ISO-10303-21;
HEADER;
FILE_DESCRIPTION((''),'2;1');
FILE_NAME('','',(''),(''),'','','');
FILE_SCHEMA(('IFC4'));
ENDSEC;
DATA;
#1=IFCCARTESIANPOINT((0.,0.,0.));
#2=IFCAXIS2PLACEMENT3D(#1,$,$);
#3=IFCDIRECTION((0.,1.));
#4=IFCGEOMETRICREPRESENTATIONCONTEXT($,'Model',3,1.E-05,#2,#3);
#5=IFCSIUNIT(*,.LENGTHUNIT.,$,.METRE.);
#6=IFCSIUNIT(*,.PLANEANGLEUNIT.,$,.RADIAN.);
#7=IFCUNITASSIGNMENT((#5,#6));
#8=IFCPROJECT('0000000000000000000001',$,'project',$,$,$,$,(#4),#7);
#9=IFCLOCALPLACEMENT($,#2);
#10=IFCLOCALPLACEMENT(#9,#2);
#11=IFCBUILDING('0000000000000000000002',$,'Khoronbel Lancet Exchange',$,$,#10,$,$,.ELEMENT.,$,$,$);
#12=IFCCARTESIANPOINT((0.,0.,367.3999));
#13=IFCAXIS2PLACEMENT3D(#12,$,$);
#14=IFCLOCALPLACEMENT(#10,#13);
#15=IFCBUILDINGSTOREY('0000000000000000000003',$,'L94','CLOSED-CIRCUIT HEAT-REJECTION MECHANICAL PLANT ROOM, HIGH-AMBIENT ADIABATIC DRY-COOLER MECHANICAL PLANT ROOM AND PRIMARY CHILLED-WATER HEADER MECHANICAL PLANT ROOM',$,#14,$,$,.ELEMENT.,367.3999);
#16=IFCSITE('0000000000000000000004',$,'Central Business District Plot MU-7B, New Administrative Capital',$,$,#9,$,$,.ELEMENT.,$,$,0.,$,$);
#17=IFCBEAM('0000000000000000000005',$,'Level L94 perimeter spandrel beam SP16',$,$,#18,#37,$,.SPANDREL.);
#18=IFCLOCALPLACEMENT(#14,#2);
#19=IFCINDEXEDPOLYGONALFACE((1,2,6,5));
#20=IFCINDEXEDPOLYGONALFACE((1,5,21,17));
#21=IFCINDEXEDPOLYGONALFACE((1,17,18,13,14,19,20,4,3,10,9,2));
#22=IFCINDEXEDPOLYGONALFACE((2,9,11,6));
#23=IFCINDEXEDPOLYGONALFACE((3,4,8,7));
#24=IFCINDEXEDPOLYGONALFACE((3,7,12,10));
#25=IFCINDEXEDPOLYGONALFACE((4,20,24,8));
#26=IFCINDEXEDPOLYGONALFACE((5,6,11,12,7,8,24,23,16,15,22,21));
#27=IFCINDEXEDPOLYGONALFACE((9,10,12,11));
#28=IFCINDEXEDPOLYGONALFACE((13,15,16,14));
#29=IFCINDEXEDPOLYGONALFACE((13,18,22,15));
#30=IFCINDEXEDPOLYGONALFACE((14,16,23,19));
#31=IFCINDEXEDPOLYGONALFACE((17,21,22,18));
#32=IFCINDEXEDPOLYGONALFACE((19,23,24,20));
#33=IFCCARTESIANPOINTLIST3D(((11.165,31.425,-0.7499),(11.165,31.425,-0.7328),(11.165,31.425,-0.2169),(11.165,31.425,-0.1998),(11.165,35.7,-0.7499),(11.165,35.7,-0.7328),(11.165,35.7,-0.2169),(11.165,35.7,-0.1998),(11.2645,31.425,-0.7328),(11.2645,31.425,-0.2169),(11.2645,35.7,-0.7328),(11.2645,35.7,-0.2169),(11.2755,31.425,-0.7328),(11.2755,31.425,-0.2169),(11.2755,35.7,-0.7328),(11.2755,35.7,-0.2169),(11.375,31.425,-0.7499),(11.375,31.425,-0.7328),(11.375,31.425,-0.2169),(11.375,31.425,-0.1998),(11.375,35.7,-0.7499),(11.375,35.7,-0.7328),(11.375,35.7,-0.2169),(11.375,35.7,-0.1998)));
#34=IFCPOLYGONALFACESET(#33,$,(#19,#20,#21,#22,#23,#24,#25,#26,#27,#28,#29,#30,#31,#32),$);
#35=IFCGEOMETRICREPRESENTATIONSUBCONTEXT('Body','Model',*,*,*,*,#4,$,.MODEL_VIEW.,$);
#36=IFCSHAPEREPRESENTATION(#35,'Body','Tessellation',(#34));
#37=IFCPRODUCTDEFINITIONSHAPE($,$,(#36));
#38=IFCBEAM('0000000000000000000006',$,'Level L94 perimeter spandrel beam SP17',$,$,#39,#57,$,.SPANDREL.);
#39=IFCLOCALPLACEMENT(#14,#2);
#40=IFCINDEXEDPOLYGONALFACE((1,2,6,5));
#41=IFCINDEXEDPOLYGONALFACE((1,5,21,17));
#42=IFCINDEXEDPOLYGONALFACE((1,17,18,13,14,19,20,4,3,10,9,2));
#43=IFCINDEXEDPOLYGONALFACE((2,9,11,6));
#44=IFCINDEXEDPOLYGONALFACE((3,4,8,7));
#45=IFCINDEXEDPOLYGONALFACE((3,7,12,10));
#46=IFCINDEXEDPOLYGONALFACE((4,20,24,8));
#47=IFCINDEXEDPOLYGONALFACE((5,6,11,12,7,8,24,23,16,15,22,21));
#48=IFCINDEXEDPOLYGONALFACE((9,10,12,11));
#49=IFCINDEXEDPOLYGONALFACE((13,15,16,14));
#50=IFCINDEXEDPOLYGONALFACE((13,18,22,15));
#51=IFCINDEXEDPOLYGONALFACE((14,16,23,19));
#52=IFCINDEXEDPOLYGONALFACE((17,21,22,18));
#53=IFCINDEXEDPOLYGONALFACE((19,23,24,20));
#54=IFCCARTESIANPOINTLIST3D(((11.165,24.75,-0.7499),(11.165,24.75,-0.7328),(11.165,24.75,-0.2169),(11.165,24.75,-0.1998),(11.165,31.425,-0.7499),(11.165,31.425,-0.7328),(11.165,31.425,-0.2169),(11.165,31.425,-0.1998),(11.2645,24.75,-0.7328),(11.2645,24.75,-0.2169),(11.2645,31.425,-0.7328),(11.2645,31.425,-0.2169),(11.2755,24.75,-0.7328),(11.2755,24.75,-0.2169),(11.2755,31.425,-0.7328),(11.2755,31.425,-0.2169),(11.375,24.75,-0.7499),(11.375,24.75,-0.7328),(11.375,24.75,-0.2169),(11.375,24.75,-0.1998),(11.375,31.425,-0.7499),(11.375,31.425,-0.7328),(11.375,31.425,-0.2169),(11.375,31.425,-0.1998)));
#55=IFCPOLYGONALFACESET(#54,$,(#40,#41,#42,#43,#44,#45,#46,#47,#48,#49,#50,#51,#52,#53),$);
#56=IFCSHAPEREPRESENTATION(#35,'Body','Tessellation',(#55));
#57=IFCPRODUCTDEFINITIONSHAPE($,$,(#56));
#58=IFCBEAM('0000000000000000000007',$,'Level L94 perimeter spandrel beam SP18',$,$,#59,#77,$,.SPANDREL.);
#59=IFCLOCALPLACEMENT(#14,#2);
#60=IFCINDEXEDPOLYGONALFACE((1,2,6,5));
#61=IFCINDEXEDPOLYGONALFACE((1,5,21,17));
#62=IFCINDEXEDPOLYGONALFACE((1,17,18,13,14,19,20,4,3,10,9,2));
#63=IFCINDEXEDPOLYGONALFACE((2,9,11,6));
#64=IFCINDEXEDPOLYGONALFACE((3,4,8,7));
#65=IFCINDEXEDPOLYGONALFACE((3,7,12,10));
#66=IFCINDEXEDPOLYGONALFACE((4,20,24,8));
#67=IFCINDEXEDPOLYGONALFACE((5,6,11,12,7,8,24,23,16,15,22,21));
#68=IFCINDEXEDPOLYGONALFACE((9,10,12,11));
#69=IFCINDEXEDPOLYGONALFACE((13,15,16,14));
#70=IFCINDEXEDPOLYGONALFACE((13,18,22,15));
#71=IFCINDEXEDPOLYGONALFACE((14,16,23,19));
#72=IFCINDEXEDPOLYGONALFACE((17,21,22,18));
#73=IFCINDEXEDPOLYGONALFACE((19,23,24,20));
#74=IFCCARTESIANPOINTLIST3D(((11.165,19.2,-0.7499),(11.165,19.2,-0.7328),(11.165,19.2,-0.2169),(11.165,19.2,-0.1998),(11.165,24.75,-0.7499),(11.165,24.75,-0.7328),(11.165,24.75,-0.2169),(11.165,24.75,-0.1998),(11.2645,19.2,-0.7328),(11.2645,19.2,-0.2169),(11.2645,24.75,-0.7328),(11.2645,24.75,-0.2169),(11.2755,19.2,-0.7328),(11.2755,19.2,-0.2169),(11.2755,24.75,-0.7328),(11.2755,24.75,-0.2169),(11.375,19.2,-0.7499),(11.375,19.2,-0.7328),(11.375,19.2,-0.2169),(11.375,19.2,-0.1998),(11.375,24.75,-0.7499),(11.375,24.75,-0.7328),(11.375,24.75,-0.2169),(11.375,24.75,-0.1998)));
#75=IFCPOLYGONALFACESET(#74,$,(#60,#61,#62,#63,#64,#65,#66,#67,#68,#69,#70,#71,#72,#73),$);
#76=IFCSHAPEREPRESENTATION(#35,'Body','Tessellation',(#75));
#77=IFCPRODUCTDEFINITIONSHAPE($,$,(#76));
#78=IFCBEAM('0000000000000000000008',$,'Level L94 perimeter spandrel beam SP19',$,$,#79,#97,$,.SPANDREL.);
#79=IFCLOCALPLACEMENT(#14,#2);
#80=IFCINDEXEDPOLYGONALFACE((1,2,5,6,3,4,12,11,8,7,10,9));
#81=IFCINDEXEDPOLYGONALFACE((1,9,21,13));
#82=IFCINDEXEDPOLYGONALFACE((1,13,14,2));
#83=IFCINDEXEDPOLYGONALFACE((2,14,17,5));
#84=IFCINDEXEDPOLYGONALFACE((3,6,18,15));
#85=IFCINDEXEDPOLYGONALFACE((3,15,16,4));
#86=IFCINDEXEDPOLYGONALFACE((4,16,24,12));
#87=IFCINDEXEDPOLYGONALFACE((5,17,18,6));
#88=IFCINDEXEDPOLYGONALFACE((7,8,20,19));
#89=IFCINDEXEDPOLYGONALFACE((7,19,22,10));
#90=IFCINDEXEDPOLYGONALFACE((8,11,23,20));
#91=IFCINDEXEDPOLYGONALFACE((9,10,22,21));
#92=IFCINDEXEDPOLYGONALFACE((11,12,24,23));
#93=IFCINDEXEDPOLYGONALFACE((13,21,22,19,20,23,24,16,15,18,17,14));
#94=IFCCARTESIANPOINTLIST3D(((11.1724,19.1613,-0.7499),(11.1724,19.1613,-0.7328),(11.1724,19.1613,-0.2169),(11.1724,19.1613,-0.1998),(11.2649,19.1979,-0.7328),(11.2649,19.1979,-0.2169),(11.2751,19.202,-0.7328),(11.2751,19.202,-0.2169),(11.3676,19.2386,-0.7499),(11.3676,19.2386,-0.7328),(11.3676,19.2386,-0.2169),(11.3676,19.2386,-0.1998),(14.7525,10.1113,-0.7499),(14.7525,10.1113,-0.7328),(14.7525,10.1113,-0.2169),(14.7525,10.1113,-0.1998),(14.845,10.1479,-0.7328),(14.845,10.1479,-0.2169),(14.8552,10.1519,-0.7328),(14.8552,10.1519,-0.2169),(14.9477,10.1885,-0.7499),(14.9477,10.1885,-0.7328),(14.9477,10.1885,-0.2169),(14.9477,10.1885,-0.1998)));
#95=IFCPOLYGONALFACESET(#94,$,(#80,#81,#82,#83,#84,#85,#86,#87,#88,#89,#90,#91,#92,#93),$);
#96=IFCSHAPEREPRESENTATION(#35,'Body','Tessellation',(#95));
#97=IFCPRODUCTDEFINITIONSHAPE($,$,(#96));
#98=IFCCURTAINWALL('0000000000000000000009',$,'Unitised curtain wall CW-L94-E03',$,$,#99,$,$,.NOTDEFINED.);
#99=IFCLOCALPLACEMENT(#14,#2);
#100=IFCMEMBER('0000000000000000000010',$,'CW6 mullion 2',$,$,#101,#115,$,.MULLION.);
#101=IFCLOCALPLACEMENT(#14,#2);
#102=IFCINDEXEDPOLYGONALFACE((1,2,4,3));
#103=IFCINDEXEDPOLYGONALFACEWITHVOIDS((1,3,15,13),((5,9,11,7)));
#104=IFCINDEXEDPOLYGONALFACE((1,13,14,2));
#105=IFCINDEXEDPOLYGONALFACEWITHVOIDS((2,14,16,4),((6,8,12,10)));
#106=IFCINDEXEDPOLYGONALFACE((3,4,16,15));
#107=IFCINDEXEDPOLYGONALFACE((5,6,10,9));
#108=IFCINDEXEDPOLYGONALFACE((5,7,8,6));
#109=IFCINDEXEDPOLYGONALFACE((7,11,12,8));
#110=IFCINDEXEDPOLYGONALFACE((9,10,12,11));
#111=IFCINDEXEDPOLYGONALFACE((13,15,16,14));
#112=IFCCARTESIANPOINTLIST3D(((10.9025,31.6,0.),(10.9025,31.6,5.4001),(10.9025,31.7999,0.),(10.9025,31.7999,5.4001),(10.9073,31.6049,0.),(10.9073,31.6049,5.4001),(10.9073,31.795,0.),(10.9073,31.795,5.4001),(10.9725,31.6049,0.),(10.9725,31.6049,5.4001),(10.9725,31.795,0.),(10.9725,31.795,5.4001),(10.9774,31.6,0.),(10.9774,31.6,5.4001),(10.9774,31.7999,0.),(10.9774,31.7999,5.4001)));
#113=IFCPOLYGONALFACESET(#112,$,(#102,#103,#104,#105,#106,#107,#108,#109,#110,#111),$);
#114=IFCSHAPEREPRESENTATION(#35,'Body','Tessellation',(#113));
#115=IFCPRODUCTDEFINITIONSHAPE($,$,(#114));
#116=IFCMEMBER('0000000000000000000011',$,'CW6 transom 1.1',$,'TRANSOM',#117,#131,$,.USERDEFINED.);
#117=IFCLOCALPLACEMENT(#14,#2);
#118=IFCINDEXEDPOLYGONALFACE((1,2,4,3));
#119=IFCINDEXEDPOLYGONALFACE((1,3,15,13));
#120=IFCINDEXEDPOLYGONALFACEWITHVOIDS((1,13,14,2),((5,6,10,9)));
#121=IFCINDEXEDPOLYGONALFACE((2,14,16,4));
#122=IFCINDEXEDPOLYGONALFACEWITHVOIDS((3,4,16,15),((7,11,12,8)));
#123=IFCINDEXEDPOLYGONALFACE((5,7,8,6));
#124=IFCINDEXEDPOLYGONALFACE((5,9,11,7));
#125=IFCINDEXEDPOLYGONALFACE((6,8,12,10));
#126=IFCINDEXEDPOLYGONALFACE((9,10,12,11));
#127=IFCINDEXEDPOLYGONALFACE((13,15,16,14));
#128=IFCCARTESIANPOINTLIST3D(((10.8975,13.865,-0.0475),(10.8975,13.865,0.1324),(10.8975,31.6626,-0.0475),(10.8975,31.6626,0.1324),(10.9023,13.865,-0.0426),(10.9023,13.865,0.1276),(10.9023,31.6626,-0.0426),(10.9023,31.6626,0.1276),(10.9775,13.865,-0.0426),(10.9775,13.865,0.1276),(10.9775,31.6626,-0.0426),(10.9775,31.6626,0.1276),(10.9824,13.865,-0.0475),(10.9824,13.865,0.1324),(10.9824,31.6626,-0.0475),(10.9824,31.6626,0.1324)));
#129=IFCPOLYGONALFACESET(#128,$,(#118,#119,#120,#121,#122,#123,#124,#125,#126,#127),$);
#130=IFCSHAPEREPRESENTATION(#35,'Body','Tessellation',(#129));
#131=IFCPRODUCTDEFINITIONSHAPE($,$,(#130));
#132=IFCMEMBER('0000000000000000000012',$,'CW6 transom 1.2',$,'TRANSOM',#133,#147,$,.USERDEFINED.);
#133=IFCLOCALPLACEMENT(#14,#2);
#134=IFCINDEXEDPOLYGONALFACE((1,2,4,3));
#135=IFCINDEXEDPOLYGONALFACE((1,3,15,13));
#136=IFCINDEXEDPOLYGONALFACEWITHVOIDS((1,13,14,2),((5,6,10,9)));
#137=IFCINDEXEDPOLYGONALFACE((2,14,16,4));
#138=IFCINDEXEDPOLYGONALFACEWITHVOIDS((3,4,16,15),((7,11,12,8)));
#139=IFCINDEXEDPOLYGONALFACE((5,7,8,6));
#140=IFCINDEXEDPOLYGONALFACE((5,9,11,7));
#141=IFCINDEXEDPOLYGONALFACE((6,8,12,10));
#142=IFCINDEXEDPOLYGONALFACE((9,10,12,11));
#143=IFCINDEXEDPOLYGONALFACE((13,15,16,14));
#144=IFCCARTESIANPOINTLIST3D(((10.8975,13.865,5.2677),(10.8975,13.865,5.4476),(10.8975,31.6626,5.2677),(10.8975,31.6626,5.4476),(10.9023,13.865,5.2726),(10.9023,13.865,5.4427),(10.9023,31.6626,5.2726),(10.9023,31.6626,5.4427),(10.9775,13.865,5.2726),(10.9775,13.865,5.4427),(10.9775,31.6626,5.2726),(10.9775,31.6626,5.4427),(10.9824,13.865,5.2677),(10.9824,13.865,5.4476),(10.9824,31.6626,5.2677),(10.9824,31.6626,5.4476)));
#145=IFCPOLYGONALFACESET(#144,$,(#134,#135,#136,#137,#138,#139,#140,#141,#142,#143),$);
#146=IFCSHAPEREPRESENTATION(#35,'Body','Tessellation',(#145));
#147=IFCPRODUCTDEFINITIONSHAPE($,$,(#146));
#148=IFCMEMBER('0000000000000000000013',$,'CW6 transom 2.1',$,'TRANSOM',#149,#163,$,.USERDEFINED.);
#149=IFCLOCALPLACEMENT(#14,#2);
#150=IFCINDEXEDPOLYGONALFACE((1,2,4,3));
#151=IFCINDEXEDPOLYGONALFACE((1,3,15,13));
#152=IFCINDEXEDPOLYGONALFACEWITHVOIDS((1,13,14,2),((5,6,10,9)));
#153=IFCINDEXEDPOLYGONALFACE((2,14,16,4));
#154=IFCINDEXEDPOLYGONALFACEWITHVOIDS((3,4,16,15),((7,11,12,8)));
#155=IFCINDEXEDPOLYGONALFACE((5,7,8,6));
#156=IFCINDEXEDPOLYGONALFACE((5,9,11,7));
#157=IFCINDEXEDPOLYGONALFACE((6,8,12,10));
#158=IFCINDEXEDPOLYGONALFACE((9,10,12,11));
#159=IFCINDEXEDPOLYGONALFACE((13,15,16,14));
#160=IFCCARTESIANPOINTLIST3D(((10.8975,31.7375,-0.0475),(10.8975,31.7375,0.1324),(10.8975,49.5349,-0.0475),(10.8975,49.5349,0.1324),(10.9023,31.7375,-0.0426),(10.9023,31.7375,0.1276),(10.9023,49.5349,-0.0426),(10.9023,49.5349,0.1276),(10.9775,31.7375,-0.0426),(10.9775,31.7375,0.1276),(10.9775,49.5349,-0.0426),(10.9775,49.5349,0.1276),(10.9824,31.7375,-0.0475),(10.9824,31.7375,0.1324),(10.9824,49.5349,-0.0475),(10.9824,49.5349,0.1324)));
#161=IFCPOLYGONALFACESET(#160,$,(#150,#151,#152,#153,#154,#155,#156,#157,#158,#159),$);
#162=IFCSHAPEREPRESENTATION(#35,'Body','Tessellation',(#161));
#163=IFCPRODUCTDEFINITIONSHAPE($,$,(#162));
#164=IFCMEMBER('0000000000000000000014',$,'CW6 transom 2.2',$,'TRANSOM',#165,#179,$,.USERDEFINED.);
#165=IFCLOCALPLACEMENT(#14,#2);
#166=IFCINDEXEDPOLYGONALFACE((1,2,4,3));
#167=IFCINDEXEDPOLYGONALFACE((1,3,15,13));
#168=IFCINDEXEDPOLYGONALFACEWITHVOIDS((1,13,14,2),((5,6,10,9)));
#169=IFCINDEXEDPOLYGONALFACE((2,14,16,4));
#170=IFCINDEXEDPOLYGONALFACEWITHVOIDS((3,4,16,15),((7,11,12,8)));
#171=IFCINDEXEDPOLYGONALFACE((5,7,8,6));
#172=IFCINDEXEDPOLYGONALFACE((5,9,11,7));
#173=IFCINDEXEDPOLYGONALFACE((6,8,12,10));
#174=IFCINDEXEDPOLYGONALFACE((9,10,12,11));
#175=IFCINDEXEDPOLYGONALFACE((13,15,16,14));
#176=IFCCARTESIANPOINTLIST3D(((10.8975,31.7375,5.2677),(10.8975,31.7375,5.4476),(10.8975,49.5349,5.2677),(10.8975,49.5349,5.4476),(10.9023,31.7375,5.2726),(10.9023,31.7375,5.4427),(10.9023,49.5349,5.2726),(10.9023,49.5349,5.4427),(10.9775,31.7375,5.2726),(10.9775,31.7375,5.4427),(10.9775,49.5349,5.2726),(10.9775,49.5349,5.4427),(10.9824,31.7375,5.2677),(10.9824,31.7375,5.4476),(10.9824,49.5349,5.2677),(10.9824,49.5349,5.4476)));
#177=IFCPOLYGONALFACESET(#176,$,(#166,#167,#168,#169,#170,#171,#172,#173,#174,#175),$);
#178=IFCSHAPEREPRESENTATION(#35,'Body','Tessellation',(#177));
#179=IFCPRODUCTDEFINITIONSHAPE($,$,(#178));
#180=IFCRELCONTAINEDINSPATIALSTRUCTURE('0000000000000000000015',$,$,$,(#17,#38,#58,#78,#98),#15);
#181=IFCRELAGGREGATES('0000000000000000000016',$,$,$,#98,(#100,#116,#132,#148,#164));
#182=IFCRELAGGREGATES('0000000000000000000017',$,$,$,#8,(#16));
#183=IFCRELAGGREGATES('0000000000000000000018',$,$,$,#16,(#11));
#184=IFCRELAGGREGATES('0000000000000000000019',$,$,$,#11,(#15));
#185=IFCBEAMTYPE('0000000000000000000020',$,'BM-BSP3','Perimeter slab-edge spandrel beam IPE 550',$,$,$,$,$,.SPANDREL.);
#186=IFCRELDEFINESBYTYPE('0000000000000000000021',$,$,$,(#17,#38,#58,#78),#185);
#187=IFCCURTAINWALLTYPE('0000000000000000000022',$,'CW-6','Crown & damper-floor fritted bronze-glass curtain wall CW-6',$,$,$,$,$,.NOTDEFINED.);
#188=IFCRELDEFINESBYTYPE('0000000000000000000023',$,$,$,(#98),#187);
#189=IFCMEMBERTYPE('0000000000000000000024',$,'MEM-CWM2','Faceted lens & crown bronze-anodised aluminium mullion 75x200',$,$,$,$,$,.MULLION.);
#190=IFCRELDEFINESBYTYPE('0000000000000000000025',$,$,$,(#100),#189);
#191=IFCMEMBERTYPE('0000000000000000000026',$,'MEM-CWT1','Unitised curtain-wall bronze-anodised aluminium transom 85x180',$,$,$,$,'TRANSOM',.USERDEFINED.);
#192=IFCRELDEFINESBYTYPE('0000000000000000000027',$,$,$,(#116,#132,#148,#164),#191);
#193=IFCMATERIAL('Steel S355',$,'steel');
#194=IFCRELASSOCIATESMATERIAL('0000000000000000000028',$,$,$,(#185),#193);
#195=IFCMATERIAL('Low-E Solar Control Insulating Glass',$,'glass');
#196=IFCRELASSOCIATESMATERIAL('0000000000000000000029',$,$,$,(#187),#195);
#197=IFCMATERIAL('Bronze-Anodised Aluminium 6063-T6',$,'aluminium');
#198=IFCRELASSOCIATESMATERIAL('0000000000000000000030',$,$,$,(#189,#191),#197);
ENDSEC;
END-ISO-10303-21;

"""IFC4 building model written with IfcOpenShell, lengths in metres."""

from ifc_helpers import new_model, si_unit, direction, frame, origin, origin_2d, place, context, subcontext, project, spatial, hollow_rectangle, i_section, extrude, material, material_profile, profile_set, type_object, element, aggregate, save


model = new_model("IFC4")

# Units and contexts
model_context = context("Model", 3, precision=1e-05, world=origin(), true_north=direction((0.0, 1.0)))
body_context = subcontext(model_context, "Body", "Model", "MODEL_VIEW")
ifc_project = project(units=[si_unit("LENGTHUNIT", "METRE"), si_unit("PLANEANGLEUNIT", "RADIAN")], contexts=[model_context])

# Site, building, storey
site_placement = place(None, origin())
site = spatial("IfcSite", under=ifc_project, at=site_placement, Name="Central Business District Plot MU-7B, New Administrative Capital", CompositionType="ELEMENT", RefElevation=0.0)
building_placement = place(site_placement, origin())
building = spatial("IfcBuilding", under=site, at=building_placement, Name="Khoronbel Lancet Exchange", CompositionType="ELEMENT")
storey_placement = place(building_placement, frame((0.0, 0.0, 367.3999)))
storey = spatial("IfcBuildingStorey", under=building, at=storey_placement, Name="L94", Description="CLOSED-CIRCUIT HEAT-REJECTION MECHANICAL PLANT ROOM, HIGH-AMBIENT ADIABATIC DRY-COOLER MECHANICAL PLANT ROOM AND PRIMARY CHILLED-WATER HEADER MECHANICAL PLANT ROOM", CompositionType="ELEMENT", Elevation=367.3999)

# Shared definitions
ifc_material_1 = material(Name="Steel S355", Category="steel")

# Beams
ifc_material_profile_1 = material_profile(ifc_material_1, i_section(OverallWidth=0.21, OverallDepth=0.55, WebThickness=0.011, FlangeThickness=0.0171, at=origin_2d()), Name="IPE 550")
ifc_profile_set_1 = profile_set([ifc_material_profile_1], Name="Steel S355")
beam_type_1 = type_object("IfcBeamType", Name="BM-BSP3", Description="Perimeter slab-edge spandrel beam IPE 550", PredefinedType="SPANDREL", material=ifc_profile_set_1)
beam_1_placement = place(storey_placement, frame((11.27, 35.7, -0.4749), z_axis=(0.0, -1.0, 0.0), x_axis=(1.0, 0.0, 0.0)))
element("IfcBeam", 1, at=beam_1_placement, inside=storey, type_object=beam_type_1, Name="Level L94 perimeter spandrel beam SP16", PredefinedType="SPANDREL", context=body_context, shape_type="SweptSolid", body=[
    extrude(i_section(OverallWidth=0.21, OverallDepth=0.55, WebThickness=0.011, FlangeThickness=0.0171, at=origin_2d()), origin(), (0.0, 0.0, 1.0), 4.2749),
])
beam_2_placement = place(storey_placement, frame((11.27, 31.425, -0.4749), z_axis=(0.0, -1.0, 0.0), x_axis=(1.0, 0.0, 0.0)))
element("IfcBeam", 2, at=beam_2_placement, inside=storey, type_object=beam_type_1, Name="Level L94 perimeter spandrel beam SP17", PredefinedType="SPANDREL", context=body_context, shape_type="SweptSolid", body=[
    extrude(i_section(OverallWidth=0.21, OverallDepth=0.55, WebThickness=0.011, FlangeThickness=0.0171, at=origin_2d()), origin(), (0.0, 0.0, 1.0), 6.675),
])
beam_3_placement = place(storey_placement, frame((11.27, 24.75, -0.4749), z_axis=(0.0, -1.0, 0.0), x_axis=(1.0, 0.0, 0.0)))
element("IfcBeam", 3, at=beam_3_placement, inside=storey, type_object=beam_type_1, Name="Level L94 perimeter spandrel beam SP18", PredefinedType="SPANDREL", context=body_context, shape_type="SweptSolid", body=[
    extrude(i_section(OverallWidth=0.21, OverallDepth=0.55, WebThickness=0.011, FlangeThickness=0.0171, at=origin_2d()), origin(), (0.0, 0.0, 1.0), 5.55),
])
beam_4_placement = place(storey_placement, frame((11.27, 19.2, -0.4749), z_axis=(0.36785, -0.929885, 0.0), x_axis=(0.929885, 0.36785, 0.0)))
element("IfcBeam", 4, at=beam_4_placement, inside=storey, type_object=beam_type_1, Name="Level L94 perimeter spandrel beam SP19", PredefinedType="SPANDREL", context=body_context, shape_type="SweptSolid", body=[
    extrude(i_section(OverallWidth=0.21, OverallDepth=0.55, WebThickness=0.011, FlangeThickness=0.0171, at=origin_2d()), origin(), (0.0, 0.0, 1.0), 9.7324),
])

# Curtain wall, members
ifc_material_2 = material(Name="Low-E Solar Control Insulating Glass", Category="glass")
curtain_wall_type = type_object("IfcCurtainWallType", Name="CW-6", Description="Crown & damper-floor fritted bronze-glass curtain wall CW-6", PredefinedType="NOTDEFINED", material=ifc_material_2)
curtain_wall_placement = place(storey_placement, origin())
curtain_wall = element("IfcCurtainWall", 5, at=curtain_wall_placement, inside=storey, type_object=curtain_wall_type, Name="Unitised curtain wall CW-L94-E03", PredefinedType="NOTDEFINED")
ifc_material_3 = material(Name="Bronze-Anodised Aluminium 6063-T6", Category="aluminium")
ifc_material_profile_2 = material_profile(ifc_material_3, hollow_rectangle(XDim=0.075, YDim=0.2, WallThickness=0.0049, at=origin_2d()), Name="ALU MULLION 75x200")
ifc_profile_set_2 = profile_set([ifc_material_profile_2], Name="Bronze-Anodised Aluminium 6063-T6")
member_type_1 = type_object("IfcMemberType", Name="MEM-CWM2", Description="Faceted lens & crown bronze-anodised aluminium mullion 75x200", PredefinedType="MULLION", material=ifc_profile_set_2)
member_1_placement = place(storey_placement, frame((10.9399, 31.7, 0.0), z_axis=(0.0, 0.0, 1.0), x_axis=(-1.0, 0.0, 0.0)))
member_1 = element("IfcMember", 6, at=member_1_placement, type_object=member_type_1, Name="CW6 mullion 2", PredefinedType="MULLION", context=body_context, shape_type="SweptSolid", body=[
    extrude(hollow_rectangle(XDim=0.075, YDim=0.2, WallThickness=0.0049, at=origin_2d()), origin(), (0.0, 0.0, 1.0), 5.4001),
])
ifc_material_profile_3 = material_profile(ifc_material_3, hollow_rectangle(XDim=0.085, YDim=0.1799, WallThickness=0.0049, at=origin_2d()), Name="ALU TRANSOM 85x180")
ifc_profile_set_3 = profile_set([ifc_material_profile_3], Name="Bronze-Anodised Aluminium 6063-T6")
member_type_2 = type_object("IfcMemberType", Name="MEM-CWT1", Description="Unitised curtain-wall bronze-anodised aluminium transom 85x180", ElementType="TRANSOM", PredefinedType="USERDEFINED", material=ifc_profile_set_3)
member_2_placement = place(storey_placement, frame((10.9399, 13.865, 0.0425), z_axis=(0.0, 1.0, 0.0), x_axis=(-1.0, 0.0, 0.0)))
member_2 = element("IfcMember", 7, at=member_2_placement, type_object=member_type_2, Name="CW6 transom 1.1", ObjectType="TRANSOM", PredefinedType="USERDEFINED", context=body_context, shape_type="SweptSolid", body=[
    extrude(hollow_rectangle(XDim=0.085, YDim=0.1799, WallThickness=0.0049, at=origin_2d()), origin(), (0.0, 0.0, 1.0), 17.7976),
])
member_3_placement = place(storey_placement, frame((10.9399, 13.865, 5.3577), z_axis=(0.0, 1.0, 0.0), x_axis=(-1.0, 0.0, 0.0)))
member_3 = element("IfcMember", 8, at=member_3_placement, type_object=member_type_2, Name="CW6 transom 1.2", ObjectType="TRANSOM", PredefinedType="USERDEFINED", context=body_context, shape_type="SweptSolid", body=[
    extrude(hollow_rectangle(XDim=0.085, YDim=0.1799, WallThickness=0.0049, at=origin_2d()), origin(), (0.0, 0.0, 1.0), 17.7976),
])
member_4_placement = place(storey_placement, frame((10.9399, 31.7375, 0.0425), z_axis=(0.0, 1.0, 0.0), x_axis=(-1.0, 0.0, 0.0)))
member_4 = element("IfcMember", 9, at=member_4_placement, type_object=member_type_2, Name="CW6 transom 2.1", ObjectType="TRANSOM", PredefinedType="USERDEFINED", context=body_context, shape_type="SweptSolid", body=[
    extrude(hollow_rectangle(XDim=0.085, YDim=0.1799, WallThickness=0.0049, at=origin_2d()), origin(), (0.0, 0.0, 1.0), 17.7974),
])
member_5_placement = place(storey_placement, frame((10.9399, 31.7375, 5.3577), z_axis=(0.0, 1.0, 0.0), x_axis=(-1.0, 0.0, 0.0)))
member_5 = element("IfcMember", 10, at=member_5_placement, type_object=member_type_2, Name="CW6 transom 2.2", ObjectType="TRANSOM", PredefinedType="USERDEFINED", context=body_context, shape_type="SweptSolid", body=[
    extrude(hollow_rectangle(XDim=0.085, YDim=0.1799, WallThickness=0.0049, at=origin_2d()), origin(), (0.0, 0.0, 1.0), 17.7974),
])

aggregate(curtain_wall, [member_1, member_2, member_3, member_4, member_5])

save(model, "model.ifc")
